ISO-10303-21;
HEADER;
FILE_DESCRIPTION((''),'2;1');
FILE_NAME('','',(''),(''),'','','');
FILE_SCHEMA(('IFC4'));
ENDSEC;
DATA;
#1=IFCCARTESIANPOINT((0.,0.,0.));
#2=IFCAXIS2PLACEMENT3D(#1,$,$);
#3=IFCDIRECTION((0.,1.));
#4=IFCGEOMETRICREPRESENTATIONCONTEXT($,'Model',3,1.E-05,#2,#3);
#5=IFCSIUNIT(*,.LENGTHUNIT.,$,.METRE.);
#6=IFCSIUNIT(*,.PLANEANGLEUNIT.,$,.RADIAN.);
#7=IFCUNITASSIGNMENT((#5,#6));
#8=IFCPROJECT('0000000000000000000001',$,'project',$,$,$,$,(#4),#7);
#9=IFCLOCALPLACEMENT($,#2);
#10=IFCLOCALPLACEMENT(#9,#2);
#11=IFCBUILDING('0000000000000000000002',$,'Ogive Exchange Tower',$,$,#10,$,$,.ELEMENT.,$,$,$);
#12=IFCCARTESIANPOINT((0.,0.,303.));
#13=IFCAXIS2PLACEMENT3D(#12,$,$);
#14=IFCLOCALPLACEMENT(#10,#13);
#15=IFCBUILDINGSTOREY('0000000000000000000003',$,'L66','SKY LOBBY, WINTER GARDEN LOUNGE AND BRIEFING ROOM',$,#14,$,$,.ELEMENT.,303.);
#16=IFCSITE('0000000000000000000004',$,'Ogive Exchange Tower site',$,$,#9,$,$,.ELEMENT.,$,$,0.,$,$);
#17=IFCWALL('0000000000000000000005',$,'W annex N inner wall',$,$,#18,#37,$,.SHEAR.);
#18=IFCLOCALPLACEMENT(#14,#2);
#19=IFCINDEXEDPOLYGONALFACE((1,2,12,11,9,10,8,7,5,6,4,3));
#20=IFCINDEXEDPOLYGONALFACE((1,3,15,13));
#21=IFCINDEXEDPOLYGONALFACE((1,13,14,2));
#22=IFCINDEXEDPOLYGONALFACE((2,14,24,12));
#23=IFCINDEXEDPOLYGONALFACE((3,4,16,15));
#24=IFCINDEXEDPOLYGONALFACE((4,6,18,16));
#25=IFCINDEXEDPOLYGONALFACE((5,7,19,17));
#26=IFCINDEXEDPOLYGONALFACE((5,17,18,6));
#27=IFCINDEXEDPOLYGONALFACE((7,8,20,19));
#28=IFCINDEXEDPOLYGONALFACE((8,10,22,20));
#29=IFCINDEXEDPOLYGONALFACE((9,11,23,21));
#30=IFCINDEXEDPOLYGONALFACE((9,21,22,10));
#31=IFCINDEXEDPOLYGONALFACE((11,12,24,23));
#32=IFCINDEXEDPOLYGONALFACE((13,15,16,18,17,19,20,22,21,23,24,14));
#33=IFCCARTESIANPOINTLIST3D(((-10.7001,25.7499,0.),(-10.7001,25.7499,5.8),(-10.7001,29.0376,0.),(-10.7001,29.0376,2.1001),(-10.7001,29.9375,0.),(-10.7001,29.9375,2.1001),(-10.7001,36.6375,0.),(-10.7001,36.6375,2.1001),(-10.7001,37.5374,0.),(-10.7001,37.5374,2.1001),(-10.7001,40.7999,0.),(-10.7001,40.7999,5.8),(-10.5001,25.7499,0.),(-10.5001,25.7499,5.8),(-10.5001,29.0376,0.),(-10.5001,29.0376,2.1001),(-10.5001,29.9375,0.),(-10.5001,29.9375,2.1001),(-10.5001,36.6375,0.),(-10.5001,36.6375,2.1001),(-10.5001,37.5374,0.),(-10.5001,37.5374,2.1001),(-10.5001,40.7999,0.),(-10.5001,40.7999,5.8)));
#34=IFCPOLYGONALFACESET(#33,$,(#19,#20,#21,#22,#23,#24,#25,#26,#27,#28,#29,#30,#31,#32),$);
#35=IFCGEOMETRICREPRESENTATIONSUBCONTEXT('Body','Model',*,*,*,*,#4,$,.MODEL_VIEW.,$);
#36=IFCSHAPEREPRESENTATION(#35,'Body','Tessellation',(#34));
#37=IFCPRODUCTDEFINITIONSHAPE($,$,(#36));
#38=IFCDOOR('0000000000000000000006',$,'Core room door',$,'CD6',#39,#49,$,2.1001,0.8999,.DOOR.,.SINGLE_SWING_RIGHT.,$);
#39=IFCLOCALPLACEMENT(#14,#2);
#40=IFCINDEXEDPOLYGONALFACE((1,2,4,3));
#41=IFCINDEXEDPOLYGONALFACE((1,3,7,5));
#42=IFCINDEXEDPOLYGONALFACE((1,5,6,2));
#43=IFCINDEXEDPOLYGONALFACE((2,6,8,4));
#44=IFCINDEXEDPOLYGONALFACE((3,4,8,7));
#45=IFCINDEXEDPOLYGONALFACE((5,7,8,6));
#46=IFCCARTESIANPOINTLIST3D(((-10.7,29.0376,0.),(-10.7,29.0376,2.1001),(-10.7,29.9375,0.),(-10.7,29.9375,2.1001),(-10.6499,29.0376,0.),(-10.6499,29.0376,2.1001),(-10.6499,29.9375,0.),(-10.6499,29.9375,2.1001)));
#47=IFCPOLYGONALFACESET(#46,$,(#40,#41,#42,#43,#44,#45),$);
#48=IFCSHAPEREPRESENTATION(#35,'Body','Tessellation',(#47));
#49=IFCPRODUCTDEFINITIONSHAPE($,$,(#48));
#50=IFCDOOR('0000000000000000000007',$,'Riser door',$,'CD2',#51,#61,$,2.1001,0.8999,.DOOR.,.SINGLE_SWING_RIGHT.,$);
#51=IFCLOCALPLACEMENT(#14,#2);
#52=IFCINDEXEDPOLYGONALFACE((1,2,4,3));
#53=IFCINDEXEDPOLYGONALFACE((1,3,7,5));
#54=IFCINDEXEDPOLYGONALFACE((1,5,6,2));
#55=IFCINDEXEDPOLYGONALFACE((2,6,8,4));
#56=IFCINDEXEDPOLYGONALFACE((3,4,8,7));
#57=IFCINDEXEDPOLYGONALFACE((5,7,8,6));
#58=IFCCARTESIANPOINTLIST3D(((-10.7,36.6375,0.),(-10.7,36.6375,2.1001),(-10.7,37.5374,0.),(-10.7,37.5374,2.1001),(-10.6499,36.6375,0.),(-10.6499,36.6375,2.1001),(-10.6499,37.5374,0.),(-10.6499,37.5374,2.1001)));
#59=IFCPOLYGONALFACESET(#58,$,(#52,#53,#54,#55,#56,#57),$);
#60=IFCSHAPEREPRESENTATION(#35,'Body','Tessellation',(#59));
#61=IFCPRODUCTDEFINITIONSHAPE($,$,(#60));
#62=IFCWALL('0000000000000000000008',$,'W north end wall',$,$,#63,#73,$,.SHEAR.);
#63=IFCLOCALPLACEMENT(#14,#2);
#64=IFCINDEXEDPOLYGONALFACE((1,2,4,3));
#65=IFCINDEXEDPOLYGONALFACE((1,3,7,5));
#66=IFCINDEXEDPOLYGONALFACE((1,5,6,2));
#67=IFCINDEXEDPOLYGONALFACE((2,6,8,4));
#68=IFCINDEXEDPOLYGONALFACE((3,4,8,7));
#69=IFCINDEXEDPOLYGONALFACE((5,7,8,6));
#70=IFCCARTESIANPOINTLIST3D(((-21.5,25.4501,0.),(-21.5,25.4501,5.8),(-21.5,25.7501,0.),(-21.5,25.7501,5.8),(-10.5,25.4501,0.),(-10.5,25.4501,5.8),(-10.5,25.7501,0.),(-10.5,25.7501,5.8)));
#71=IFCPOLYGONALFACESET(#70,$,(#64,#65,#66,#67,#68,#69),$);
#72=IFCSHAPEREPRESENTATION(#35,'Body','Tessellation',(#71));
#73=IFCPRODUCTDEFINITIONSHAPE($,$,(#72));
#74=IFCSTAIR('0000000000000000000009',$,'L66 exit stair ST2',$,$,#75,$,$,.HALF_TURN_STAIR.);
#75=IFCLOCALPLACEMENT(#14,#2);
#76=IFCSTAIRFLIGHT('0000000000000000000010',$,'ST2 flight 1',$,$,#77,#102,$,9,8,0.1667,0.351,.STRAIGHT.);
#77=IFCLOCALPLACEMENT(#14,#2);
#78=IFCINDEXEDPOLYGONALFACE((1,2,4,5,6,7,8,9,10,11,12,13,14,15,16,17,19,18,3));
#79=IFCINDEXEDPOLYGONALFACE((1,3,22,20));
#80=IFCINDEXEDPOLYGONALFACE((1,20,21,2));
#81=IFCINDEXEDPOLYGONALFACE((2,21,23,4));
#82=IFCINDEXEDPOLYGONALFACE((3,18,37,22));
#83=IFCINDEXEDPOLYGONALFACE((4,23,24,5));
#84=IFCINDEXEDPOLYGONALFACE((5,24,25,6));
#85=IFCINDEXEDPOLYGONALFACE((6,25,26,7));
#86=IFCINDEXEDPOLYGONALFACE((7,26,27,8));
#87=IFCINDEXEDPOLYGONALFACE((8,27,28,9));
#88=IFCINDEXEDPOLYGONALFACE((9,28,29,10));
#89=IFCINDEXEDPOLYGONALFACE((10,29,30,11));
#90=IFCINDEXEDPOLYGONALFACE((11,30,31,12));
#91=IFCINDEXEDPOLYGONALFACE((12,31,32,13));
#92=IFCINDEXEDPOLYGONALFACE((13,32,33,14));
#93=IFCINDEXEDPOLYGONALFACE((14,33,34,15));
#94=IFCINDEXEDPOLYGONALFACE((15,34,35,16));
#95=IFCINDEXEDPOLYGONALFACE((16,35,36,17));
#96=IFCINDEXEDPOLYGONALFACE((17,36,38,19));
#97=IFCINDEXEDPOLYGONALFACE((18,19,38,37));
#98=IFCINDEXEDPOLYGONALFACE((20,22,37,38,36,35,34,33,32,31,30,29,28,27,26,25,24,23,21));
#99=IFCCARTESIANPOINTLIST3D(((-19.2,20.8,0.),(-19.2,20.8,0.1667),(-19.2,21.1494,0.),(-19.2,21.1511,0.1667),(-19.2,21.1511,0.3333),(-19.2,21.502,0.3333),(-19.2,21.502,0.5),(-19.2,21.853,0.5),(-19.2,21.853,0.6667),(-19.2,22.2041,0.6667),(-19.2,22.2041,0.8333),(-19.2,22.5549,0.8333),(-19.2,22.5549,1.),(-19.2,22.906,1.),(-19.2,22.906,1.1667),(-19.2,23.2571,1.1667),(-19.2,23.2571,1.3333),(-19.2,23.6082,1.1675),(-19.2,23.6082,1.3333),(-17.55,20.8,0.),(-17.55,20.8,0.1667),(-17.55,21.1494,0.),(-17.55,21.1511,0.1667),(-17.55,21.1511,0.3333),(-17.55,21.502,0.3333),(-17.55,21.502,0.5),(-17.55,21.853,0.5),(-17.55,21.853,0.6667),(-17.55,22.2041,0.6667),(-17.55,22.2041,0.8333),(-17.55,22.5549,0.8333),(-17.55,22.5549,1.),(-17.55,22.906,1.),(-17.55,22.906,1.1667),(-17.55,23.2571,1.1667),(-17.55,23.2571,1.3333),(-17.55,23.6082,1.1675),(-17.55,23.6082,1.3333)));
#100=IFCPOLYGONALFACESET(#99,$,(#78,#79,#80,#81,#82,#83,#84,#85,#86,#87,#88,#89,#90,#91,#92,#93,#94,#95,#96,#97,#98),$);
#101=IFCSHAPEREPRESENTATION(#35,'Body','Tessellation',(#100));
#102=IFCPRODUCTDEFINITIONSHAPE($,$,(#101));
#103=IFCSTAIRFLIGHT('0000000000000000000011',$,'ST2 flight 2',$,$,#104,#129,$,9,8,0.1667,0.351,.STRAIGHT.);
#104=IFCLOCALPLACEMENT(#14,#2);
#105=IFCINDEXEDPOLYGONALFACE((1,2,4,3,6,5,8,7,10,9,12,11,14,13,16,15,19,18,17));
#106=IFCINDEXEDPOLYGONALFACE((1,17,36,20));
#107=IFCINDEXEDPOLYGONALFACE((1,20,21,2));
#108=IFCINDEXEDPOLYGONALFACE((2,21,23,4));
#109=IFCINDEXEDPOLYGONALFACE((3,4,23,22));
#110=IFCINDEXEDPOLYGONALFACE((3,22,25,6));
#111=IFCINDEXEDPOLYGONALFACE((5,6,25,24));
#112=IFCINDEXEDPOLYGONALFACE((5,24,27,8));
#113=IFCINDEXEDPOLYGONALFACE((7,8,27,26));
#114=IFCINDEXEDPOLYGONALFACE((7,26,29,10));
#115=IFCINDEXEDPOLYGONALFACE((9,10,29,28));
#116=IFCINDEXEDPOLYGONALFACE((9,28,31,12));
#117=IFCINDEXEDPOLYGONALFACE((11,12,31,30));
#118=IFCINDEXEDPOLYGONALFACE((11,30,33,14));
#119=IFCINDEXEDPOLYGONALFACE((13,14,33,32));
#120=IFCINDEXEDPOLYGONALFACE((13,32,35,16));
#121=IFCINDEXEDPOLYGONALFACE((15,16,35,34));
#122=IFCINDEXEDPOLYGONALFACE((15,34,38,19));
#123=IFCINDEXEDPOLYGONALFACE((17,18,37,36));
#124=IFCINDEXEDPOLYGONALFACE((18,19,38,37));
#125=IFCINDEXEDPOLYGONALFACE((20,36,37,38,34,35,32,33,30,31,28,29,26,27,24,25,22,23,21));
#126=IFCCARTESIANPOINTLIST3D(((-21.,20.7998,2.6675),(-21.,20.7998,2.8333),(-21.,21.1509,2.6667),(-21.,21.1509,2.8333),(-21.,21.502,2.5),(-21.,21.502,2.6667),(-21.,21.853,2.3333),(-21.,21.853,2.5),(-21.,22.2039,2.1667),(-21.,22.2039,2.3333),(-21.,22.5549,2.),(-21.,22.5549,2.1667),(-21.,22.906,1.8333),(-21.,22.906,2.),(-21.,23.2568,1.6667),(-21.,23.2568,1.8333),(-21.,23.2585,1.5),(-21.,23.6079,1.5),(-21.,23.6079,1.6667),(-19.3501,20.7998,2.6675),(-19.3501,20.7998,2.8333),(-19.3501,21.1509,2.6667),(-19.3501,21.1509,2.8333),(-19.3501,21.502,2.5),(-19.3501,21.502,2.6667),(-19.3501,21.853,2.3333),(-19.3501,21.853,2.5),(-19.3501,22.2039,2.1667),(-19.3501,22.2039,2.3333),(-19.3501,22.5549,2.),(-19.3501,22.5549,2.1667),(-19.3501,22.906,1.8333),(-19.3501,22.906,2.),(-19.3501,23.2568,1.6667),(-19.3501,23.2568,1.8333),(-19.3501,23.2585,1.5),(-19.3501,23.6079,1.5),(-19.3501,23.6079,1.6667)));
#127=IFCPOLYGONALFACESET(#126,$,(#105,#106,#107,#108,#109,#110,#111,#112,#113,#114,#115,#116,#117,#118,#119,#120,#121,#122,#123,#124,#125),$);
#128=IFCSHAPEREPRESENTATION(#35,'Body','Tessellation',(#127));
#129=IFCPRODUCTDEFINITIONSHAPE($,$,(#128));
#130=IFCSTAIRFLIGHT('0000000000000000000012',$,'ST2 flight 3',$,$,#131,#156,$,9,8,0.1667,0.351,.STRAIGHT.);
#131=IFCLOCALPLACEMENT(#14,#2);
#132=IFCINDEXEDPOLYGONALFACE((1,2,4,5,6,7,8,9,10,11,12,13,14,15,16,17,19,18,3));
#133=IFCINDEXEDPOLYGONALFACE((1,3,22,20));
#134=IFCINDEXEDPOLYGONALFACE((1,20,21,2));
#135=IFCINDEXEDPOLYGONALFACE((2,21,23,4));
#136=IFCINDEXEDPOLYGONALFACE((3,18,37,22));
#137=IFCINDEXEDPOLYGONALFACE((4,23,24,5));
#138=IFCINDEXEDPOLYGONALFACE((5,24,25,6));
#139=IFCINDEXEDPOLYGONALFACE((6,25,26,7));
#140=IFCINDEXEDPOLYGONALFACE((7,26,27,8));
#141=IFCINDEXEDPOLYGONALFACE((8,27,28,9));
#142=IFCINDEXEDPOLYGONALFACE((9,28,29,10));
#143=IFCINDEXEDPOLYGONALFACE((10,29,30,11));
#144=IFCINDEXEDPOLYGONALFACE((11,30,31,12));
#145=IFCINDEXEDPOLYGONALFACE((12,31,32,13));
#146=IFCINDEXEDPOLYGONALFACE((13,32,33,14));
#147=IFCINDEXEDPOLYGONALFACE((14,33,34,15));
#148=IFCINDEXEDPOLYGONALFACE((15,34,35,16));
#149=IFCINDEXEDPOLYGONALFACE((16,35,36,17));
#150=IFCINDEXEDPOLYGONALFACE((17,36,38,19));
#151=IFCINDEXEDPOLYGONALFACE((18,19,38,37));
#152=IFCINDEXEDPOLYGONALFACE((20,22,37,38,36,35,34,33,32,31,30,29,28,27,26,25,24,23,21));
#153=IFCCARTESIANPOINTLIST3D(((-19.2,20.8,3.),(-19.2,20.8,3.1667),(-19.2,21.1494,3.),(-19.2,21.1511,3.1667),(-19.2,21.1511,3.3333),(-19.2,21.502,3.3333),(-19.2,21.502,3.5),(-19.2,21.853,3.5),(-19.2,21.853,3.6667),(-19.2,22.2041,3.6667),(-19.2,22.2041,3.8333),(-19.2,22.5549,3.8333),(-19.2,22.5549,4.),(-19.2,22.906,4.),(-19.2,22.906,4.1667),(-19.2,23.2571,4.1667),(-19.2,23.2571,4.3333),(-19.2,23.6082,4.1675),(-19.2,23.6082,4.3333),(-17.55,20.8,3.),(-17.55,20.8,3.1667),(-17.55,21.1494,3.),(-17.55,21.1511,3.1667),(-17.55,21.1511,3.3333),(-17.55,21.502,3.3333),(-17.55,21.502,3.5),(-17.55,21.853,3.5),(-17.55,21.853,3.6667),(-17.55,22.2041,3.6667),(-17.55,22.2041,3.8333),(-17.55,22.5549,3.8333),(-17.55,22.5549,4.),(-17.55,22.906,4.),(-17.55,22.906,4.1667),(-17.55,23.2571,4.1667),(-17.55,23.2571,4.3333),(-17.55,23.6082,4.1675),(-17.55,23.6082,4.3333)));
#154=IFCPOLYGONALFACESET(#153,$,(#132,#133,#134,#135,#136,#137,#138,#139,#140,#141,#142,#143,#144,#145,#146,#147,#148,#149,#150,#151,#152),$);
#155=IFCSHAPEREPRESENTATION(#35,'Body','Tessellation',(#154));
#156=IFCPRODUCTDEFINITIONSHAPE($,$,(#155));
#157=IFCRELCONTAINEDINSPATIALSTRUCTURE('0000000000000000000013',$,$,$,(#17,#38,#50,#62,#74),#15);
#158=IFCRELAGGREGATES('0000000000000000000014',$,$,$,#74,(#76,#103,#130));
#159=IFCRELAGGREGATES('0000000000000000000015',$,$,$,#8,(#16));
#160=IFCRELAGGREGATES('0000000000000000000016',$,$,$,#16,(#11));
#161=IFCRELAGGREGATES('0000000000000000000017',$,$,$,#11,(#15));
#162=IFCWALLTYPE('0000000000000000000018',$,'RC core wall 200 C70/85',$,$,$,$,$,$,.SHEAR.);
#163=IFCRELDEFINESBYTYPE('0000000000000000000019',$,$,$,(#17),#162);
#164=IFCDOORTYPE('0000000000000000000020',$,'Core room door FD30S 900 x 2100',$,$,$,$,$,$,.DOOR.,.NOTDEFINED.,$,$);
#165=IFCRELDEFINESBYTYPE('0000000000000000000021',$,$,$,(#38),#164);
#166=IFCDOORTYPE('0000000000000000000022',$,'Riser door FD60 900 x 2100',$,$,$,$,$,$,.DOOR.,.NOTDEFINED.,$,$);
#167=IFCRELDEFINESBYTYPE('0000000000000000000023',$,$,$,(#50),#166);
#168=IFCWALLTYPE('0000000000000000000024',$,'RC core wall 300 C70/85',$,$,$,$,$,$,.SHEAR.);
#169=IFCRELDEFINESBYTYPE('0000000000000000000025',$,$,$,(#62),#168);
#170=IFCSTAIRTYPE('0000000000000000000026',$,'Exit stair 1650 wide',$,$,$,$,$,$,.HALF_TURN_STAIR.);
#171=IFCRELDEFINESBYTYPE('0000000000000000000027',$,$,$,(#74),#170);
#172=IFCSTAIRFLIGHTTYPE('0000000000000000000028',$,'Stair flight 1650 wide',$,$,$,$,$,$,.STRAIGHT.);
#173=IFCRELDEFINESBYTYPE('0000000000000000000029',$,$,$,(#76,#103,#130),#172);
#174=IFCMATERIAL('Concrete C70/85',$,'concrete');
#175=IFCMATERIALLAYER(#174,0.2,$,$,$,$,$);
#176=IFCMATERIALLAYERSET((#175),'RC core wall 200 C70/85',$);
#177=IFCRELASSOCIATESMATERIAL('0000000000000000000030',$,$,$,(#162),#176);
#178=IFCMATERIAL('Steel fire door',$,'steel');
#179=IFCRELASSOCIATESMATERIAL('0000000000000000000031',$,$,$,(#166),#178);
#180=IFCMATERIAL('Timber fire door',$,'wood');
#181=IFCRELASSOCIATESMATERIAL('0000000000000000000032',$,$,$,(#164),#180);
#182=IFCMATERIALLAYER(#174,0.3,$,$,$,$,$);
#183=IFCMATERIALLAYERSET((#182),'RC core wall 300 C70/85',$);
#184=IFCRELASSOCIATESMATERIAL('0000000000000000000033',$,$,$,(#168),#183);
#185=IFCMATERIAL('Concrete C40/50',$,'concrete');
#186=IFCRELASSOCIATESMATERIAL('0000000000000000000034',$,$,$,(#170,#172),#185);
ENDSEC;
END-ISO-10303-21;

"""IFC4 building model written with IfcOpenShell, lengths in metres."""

from ifc_helpers import new_model, si_unit, direction, frame, frame_2d, origin, place, context, subcontext, project, spatial, polyline, rectangle, outline, extrude, material, layer, layer_set, type_object, element, fill, aggregate, save


model = new_model("IFC4")

# Units and contexts
model_context = context("Model", 3, precision=1e-05, world=origin(), true_north=direction((0.0, 1.0)))
body_context = subcontext(model_context, "Body", "Model", "MODEL_VIEW")
ifc_project = project(units=[si_unit("LENGTHUNIT", "METRE"), si_unit("PLANEANGLEUNIT", "RADIAN")], contexts=[model_context])

# Site, building, storey
site_placement = place(None, origin())
site = spatial("IfcSite", under=ifc_project, at=site_placement, Name="Ogive Exchange Tower site", CompositionType="ELEMENT", RefElevation=0.0)
building_placement = place(site_placement, origin())
building = spatial("IfcBuilding", under=site, at=building_placement, Name="Ogive Exchange Tower", CompositionType="ELEMENT")
storey_placement = place(building_placement, frame((0.0, 0.0, 303.0)))
storey = spatial("IfcBuildingStorey", under=building, at=storey_placement, Name="L66", Description="SKY LOBBY, WINTER GARDEN LOUNGE AND BRIEFING ROOM", CompositionType="ELEMENT", Elevation=303.0)

# Shared definitions
ifc_material_1 = material(Name="Concrete C70/85", Category="concrete")
ifc_layer_1 = layer(ifc_material_1, 0.2)
ifc_layer_set_1 = layer_set([ifc_layer_1], Name="RC core wall 200 C70/85")
wall_type_1 = type_object("IfcWallType", Name="RC core wall 200 C70/85", PredefinedType="SHEAR", material=ifc_layer_set_1)
ifc_material_2 = material(Name="Steel fire door", Category="steel")
door_type_1 = type_object("IfcDoorType", Name="Riser door FD60 900 x 2100", OperationType="NOTDEFINED", PredefinedType="DOOR", material=ifc_material_2)

# Wall, openings, doors
wall_1_placement = place(storey_placement, frame((-10.6001, 25.75, 0.0), z_axis=(0.0, 0.0, 1.0), x_axis=(0.0, 1.0, 0.0)))
wall_1 = element("IfcWall", 1, at=wall_1_placement, inside=storey, type_object=wall_type_1, Name="W annex N inner wall", PredefinedType="SHEAR", context=body_context, shape_type="SweptSolid", body=[
    extrude(rectangle(XDim=15.05, YDim=0.2, at=frame_2d((7.5249, 0.0))), origin(), (0.0, 0.0, 1.0), 5.8),
])
opening_1_placement = place(wall_1_placement, frame((3.2876, 0.0, 0.0)))
opening_1 = element("IfcOpeningElement", 2, at=opening_1_placement, cuts=wall_1, PredefinedType="OPENING", context=body_context, shape_type="SweptSolid", body=[
    extrude(rectangle(XDim=0.8999, YDim=2.1001, at=frame_2d((0.45, 1.05))), frame((0.0, 0.1099, 0.0), z_axis=(0.0, -1.0, 0.0), x_axis=(1.0, 0.0, 0.0)), (0.0, 0.0, 1.0), 0.22),
])
opening_2_placement = place(wall_1_placement, frame((10.8875, 0.0, 0.0)))
opening_2 = element("IfcOpeningElement", 3, at=opening_2_placement, cuts=wall_1, PredefinedType="OPENING", context=body_context, shape_type="SweptSolid", body=[
    extrude(rectangle(XDim=0.8999, YDim=2.1001, at=frame_2d((0.45, 1.05))), frame((0.0, 0.1099, 0.0), z_axis=(0.0, -1.0, 0.0), x_axis=(1.0, 0.0, 0.0)), (0.0, 0.0, 1.0), 0.22),
])
ifc_material_3 = material(Name="Timber fire door", Category="wood")
door_type_2 = type_object("IfcDoorType", Name="Core room door FD30S 900 x 2100", OperationType="NOTDEFINED", PredefinedType="DOOR", material=ifc_material_3)
door_1_placement = place(opening_1_placement, frame((0.8999, 0.1499, 0.0), z_axis=(0.0, 0.0, 1.0), x_axis=(-1.0, 0.0, 0.0)))
door_1 = element("IfcDoor", 4, at=door_1_placement, inside=storey, type_object=door_type_2, Name="Core room door", ObjectType="CD6", OperationType="SINGLE_SWING_RIGHT", OverallHeight=2.1001, OverallWidth=0.8999, PredefinedType="DOOR", context=body_context, shape_type="SweptSolid", body=[
    extrude(rectangle(XDim=0.8999, YDim=2.1001, at=frame_2d((0.45, 1.05))), frame((0.0, 0.1001, 0.0), z_axis=(0.0, -1.0, 0.0), x_axis=(1.0, 0.0, 0.0)), (0.0, 0.0, 1.0), 0.05),
])
fill(opening_1, door_1)
door_2_placement = place(opening_2_placement, frame((0.8999, 0.1499, 0.0), z_axis=(0.0, 0.0, 1.0), x_axis=(-1.0, 0.0, 0.0)))
door_2 = element("IfcDoor", 5, at=door_2_placement, inside=storey, type_object=door_type_1, Name="Riser door", ObjectType="CD2", OperationType="SINGLE_SWING_RIGHT", OverallHeight=2.1001, OverallWidth=0.8999, PredefinedType="DOOR", context=body_context, shape_type="SweptSolid", body=[
    extrude(rectangle(XDim=0.8999, YDim=2.1001, at=frame_2d((0.45, 1.05))), frame((0.0, 0.1001, 0.0), z_axis=(0.0, -1.0, 0.0), x_axis=(1.0, 0.0, 0.0)), (0.0, 0.0, 1.0), 0.05),
])
fill(opening_2, door_2)

# Wall
ifc_layer_2 = layer(ifc_material_1, 0.3)
ifc_layer_set_2 = layer_set([ifc_layer_2], Name="RC core wall 300 C70/85")
wall_type_2 = type_object("IfcWallType", Name="RC core wall 300 C70/85", PredefinedType="SHEAR", material=ifc_layer_set_2)
wall_2_placement = place(storey_placement, frame((-21.5, 25.6001, 0.0), z_axis=(0.0, 0.0, 1.0), x_axis=(1.0, 0.0, 0.0)))
element("IfcWall", 6, at=wall_2_placement, inside=storey, type_object=wall_type_2, Name="W north end wall", PredefinedType="SHEAR", context=body_context, shape_type="SweptSolid", body=[
    extrude(rectangle(XDim=11.0, YDim=0.3, at=frame_2d((5.5, 0.0))), origin(), (0.0, 0.0, 1.0), 5.8),
])

# Stair, stair flights
ifc_material_4 = material(Name="Concrete C40/50", Category="concrete")
stair_type = type_object("IfcStairType", Name="Exit stair 1650 wide", PredefinedType="HALF_TURN_STAIR", material=ifc_material_4)
stair_placement = place(storey_placement, origin())
stair = element("IfcStair", 7, at=stair_placement, inside=storey, type_object=stair_type, Name="L66 exit stair ST2", PredefinedType="HALF_TURN_STAIR")
stair_flight_type = type_object("IfcStairFlightType", Name="Stair flight 1650 wide", PredefinedType="STRAIGHT", material=ifc_material_4)
stair_flight_1_placement = place(storey_placement, frame((-18.375, 20.8, 0.0), z_axis=(0.0, 0.0, 1.0), x_axis=(0.0, 1.0, 0.0)))
stair_flight_1 = element("IfcStairFlight", 8, at=stair_flight_1_placement, type_object=stair_flight_type, Name="ST2 flight 1", NumberOfRisers=9, NumberOfTreads=8, PredefinedType="STRAIGHT", RiserHeight=0.1667, TreadLength=0.351, context=body_context, shape_type="SweptSolid", body=[
    extrude(outline(polyline([(0.0, 0.0), (0.0, 0.1667), (0.3511, 0.1667), (0.3511, 0.3333), (0.7019, 0.3333), (0.7019, 0.5), (1.053, 0.5), (1.053, 0.6667), (1.4041, 0.6667), (1.4041, 0.8333), (1.7549, 0.8333), (1.7549, 1.0), (2.106, 1.0), (2.106, 1.1667), (2.457, 1.1667), (2.457, 1.3333), (2.8081, 1.3333), (2.8081, 1.5), (2.8081, 1.1675), (0.3494, 0.0), (0.0, 0.0)])), frame((0.0, 0.825, 0.0), z_axis=(0.0, -1.0, 0.0), x_axis=(1.0, 0.0, 0.0)), (0.0, 0.0, 1.0), 1.6499),
])
stair_flight_2_placement = place(storey_placement, frame((-20.175, 23.6079, 1.5), z_axis=(0.0, 0.0, 1.0), x_axis=(0.0, -1.0, 0.0)))
stair_flight_2 = element("IfcStairFlight", 9, at=stair_flight_2_placement, type_object=stair_flight_type, Name="ST2 flight 2", NumberOfRisers=9, NumberOfTreads=8, PredefinedType="STRAIGHT", RiserHeight=0.1667, TreadLength=0.351, context=body_context, shape_type="SweptSolid", body=[
    extrude(outline(polyline([(0.0, 0.0), (0.0, 0.1667), (0.3511, 0.1667), (0.3511, 0.3333), (0.7019, 0.3333), (0.7019, 0.5), (1.053, 0.5), (1.053, 0.6667), (1.4041, 0.6667), (1.4041, 0.8333), (1.7549, 0.8333), (1.7549, 1.0), (2.106, 1.0), (2.106, 1.1667), (2.457, 1.1667), (2.457, 1.3333), (2.8081, 1.3333), (2.8081, 1.5), (2.8081, 1.1675), (0.3494, 0.0), (0.0, 0.0)])), frame((0.0, 0.825, 0.0), z_axis=(0.0, -1.0, 0.0), x_axis=(1.0, 0.0, 0.0)), (0.0, 0.0, 1.0), 1.6499),
])
stair_flight_3_placement = place(storey_placement, frame((-18.375, 20.8, 3.0), z_axis=(0.0, 0.0, 1.0), x_axis=(0.0, 1.0, 0.0)))
stair_flight_3 = element("IfcStairFlight", 10, at=stair_flight_3_placement, type_object=stair_flight_type, Name="ST2 flight 3", NumberOfRisers=9, NumberOfTreads=8, PredefinedType="STRAIGHT", RiserHeight=0.1667, TreadLength=0.351, context=body_context, shape_type="SweptSolid", body=[
    extrude(outline(polyline([(0.0, 0.0), (0.0, 0.1667), (0.3511, 0.1667), (0.3511, 0.3333), (0.7019, 0.3333), (0.7019, 0.5), (1.053, 0.5), (1.053, 0.6667), (1.4041, 0.6667), (1.4041, 0.8333), (1.7549, 0.8333), (1.7549, 1.0), (2.106, 1.0), (2.106, 1.1667), (2.457, 1.1667), (2.457, 1.3333), (2.8081, 1.3333), (2.8081, 1.5), (2.8081, 1.1675), (0.3494, 0.0), (0.0, 0.0)])), frame((0.0, 0.825, 0.0), z_axis=(0.0, -1.0, 0.0), x_axis=(1.0, 0.0, 0.0)), (0.0, 0.0, 1.0), 1.6499),
])
aggregate(stair, [stair_flight_1, stair_flight_2, stair_flight_3])

save(model, "model.ifc")
